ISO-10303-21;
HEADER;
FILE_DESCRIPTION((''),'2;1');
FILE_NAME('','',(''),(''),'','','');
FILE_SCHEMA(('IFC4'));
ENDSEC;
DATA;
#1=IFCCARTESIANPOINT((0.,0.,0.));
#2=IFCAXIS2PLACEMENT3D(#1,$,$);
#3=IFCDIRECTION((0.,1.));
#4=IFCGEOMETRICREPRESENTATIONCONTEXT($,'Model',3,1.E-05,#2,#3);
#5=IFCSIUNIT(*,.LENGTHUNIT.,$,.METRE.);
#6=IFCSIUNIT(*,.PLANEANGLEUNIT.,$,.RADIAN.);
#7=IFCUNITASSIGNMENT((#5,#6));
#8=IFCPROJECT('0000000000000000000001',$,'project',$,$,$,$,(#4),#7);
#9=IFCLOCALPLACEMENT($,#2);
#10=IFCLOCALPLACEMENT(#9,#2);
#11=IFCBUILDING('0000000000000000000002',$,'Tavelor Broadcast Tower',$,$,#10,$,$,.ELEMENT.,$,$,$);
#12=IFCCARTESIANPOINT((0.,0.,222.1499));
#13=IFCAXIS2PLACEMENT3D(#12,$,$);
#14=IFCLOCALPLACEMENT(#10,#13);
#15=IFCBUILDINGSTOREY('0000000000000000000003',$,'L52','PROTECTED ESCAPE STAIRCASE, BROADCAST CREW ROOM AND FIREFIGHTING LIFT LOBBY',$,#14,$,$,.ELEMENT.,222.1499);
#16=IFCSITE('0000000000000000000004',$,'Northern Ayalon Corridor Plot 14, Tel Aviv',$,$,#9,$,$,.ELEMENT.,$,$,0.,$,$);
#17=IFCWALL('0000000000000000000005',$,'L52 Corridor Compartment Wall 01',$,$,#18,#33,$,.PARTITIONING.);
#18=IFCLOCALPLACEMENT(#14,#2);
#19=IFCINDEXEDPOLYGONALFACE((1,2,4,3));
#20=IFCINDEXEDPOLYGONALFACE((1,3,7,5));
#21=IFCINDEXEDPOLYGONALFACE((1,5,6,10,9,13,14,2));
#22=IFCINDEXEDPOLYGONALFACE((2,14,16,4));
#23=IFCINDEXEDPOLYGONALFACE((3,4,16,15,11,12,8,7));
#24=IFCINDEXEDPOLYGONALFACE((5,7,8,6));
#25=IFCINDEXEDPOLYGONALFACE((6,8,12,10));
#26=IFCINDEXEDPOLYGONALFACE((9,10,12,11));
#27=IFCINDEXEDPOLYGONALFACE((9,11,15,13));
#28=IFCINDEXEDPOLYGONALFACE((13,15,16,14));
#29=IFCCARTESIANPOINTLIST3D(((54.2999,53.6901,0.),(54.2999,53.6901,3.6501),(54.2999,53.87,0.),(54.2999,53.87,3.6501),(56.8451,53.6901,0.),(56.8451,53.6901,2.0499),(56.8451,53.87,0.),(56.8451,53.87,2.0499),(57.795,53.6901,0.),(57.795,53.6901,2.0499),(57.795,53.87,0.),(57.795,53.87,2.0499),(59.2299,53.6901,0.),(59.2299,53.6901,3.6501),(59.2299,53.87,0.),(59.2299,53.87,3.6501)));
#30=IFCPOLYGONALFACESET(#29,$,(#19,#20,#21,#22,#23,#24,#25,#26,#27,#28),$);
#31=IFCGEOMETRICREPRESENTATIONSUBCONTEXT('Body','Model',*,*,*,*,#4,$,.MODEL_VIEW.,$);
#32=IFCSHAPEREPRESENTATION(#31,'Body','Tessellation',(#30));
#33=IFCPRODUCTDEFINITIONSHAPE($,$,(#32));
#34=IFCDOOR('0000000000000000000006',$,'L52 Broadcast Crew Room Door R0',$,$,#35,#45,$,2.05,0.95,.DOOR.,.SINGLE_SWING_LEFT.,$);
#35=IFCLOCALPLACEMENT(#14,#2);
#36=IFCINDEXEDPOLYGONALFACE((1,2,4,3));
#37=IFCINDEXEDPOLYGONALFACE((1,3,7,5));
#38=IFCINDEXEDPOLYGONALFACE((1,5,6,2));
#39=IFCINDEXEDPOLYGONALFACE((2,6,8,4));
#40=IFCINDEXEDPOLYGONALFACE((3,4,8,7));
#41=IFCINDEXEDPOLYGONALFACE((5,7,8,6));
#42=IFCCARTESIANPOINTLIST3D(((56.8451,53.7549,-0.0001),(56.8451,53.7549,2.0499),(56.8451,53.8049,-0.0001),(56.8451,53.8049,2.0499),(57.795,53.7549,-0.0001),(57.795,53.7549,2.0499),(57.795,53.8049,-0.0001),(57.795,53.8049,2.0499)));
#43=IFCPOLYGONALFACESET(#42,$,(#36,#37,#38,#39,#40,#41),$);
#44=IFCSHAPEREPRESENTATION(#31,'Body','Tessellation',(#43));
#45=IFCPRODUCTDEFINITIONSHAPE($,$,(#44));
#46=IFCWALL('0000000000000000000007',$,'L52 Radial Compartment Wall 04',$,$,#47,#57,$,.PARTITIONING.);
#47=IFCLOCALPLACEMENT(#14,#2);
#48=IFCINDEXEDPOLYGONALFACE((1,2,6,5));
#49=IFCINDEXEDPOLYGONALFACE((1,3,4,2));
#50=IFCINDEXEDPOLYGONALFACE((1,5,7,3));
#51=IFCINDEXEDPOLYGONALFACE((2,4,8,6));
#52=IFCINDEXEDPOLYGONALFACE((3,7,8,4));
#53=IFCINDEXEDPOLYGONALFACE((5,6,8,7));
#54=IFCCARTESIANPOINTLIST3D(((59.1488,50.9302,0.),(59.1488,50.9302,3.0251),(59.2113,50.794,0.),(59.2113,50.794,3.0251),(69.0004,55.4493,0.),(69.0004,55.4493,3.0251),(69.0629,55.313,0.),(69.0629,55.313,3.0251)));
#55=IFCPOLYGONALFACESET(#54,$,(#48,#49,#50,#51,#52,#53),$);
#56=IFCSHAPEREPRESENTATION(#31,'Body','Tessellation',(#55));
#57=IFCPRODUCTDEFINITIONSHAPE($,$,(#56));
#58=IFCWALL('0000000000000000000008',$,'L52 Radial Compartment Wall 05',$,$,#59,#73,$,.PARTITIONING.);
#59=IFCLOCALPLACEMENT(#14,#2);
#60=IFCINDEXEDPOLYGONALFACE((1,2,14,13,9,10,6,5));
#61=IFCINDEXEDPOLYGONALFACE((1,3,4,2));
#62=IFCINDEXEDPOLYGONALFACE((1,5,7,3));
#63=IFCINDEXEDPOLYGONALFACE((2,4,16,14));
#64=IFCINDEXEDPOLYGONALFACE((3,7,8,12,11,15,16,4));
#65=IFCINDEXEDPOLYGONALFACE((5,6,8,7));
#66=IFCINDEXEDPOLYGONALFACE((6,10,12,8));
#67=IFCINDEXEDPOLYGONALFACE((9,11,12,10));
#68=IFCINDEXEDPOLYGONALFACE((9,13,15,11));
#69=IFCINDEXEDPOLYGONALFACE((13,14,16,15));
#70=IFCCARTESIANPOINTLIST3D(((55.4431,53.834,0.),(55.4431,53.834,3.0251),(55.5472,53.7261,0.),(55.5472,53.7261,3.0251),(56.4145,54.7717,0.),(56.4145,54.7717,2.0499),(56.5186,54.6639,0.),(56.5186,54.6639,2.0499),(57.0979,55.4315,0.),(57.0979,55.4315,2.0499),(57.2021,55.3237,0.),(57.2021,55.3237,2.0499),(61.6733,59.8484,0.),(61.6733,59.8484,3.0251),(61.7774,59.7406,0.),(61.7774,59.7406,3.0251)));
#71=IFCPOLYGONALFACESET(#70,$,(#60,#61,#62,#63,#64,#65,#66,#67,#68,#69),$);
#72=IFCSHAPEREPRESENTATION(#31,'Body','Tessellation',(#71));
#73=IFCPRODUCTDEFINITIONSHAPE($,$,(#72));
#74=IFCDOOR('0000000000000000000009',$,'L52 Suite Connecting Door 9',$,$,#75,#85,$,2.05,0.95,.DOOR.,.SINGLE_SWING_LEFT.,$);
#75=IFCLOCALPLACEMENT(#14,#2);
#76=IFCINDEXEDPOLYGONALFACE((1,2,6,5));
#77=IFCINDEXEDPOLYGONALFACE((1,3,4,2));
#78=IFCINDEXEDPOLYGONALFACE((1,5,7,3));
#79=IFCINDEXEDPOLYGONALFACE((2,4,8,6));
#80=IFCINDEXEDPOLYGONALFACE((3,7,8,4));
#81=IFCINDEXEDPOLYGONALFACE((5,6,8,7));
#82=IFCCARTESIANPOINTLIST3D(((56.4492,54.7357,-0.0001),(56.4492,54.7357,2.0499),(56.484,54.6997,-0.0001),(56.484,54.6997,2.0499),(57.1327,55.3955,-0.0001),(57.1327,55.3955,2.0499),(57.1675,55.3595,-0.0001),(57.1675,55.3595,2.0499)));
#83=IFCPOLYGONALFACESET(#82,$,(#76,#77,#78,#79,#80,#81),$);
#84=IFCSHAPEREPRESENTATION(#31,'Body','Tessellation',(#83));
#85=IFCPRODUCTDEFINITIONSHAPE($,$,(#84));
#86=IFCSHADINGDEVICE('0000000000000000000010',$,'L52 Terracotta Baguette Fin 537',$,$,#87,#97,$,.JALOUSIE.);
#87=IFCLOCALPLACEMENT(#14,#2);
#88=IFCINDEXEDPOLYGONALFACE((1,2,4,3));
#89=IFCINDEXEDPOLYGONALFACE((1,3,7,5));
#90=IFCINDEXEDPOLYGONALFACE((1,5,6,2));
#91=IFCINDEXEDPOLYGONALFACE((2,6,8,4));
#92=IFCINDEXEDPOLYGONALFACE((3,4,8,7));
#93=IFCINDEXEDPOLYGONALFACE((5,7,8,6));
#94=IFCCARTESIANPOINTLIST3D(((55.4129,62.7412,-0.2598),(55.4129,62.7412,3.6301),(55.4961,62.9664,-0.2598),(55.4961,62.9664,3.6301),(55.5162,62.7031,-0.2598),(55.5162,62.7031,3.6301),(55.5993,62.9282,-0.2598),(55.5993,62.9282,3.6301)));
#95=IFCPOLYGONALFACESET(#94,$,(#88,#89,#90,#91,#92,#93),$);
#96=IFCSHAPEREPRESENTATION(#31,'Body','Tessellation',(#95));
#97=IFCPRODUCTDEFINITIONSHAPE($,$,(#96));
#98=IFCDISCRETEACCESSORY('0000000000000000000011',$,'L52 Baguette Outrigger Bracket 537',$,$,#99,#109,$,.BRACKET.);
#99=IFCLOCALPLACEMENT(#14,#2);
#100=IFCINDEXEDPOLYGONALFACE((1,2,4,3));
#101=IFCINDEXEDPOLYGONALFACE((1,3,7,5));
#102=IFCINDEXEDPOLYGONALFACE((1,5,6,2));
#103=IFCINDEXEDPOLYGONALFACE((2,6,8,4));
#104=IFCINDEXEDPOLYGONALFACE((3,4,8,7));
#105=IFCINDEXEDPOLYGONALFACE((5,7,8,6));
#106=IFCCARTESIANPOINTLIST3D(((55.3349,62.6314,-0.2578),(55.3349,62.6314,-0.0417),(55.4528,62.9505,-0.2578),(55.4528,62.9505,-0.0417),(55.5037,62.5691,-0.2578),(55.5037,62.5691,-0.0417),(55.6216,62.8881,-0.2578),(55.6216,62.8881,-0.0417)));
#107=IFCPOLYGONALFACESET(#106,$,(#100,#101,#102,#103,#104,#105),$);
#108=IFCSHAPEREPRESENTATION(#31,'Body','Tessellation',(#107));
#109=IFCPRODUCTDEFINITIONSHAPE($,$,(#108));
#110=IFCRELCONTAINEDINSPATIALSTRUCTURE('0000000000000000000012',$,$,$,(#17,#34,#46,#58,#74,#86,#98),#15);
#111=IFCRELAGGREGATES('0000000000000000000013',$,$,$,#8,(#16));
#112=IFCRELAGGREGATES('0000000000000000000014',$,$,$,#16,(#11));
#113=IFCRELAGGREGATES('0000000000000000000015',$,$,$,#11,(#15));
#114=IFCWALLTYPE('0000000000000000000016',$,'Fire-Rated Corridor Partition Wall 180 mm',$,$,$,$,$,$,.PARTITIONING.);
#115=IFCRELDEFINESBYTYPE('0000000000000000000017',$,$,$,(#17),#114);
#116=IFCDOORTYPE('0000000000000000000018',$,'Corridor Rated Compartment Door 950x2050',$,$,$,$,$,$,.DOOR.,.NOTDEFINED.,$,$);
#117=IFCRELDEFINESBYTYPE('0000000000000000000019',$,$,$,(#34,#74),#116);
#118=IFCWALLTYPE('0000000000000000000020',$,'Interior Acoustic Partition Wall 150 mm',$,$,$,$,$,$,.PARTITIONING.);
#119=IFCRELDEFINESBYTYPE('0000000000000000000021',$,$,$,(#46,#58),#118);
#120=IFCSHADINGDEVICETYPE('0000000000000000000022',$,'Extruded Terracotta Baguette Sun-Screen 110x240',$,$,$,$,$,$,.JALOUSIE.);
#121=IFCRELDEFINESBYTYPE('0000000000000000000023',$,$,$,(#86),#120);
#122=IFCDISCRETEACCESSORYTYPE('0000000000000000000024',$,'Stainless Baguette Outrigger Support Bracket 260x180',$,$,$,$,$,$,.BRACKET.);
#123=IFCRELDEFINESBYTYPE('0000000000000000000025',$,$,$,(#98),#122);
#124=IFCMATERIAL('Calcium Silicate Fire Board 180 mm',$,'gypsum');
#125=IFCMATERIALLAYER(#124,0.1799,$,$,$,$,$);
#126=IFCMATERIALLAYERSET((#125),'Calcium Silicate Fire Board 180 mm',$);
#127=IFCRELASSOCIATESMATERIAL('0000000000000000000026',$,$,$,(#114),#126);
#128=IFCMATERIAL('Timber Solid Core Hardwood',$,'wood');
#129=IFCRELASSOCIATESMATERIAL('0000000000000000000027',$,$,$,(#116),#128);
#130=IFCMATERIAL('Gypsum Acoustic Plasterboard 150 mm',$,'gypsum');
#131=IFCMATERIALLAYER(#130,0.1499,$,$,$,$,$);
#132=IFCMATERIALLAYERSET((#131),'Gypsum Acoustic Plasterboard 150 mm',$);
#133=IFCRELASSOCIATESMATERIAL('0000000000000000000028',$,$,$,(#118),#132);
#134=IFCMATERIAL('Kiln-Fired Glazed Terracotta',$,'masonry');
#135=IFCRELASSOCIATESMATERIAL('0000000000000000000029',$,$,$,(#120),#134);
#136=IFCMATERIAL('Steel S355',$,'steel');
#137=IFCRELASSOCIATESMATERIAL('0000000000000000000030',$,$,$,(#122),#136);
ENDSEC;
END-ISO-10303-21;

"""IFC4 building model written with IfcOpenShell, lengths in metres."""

from ifc_helpers import new_model, si_unit, direction, frame, frame_2d, origin, origin_2d, place, context, subcontext, project, spatial, rectangle, extrude, source, transform, mapped, material, layer, layer_set, type_object, type_shapes, element, fill, save


model = new_model("IFC4")

# Units and contexts
model_context = context("Model", 3, precision=1e-05, world=origin(), true_north=direction((0.0, 1.0)))
body_context = subcontext(model_context, "Body", "Model", "MODEL_VIEW")
ifc_project = project(units=[si_unit("LENGTHUNIT", "METRE"), si_unit("PLANEANGLEUNIT", "RADIAN")], contexts=[model_context])

# Site, building, storey
site_placement = place(None, origin())
site = spatial("IfcSite", under=ifc_project, at=site_placement, Name="Northern Ayalon Corridor Plot 14, Tel Aviv", CompositionType="ELEMENT", RefElevation=0.0)
building_placement = place(site_placement, origin())
building = spatial("IfcBuilding", under=site, at=building_placement, Name="Tavelor Broadcast Tower", CompositionType="ELEMENT")
storey_placement = place(building_placement, frame((0.0, 0.0, 222.1499)))
storey = spatial("IfcBuildingStorey", under=building, at=storey_placement, Name="L52", Description="PROTECTED ESCAPE STAIRCASE, BROADCAST CREW ROOM AND FIREFIGHTING LIFT LOBBY", CompositionType="ELEMENT", Elevation=222.1499)

# Shared definitions
ifc_material_1 = material(Name="Steel S355", Category="steel")

# Wall, opening, door
ifc_material_2 = material(Name="Calcium Silicate Fire Board 180 mm", Category="gypsum")
ifc_layer_1 = layer(ifc_material_2, 0.1799)
ifc_layer_set_1 = layer_set([ifc_layer_1], Name="Calcium Silicate Fire Board 180 mm")
wall_type_1 = type_object("IfcWallType", Name="Fire-Rated Corridor Partition Wall 180 mm", PredefinedType="PARTITIONING", material=ifc_layer_set_1)
wall_1_placement = place(storey_placement, frame((54.3, 53.78, 0.0), z_axis=(0.0, 0.0, 1.0), x_axis=(1.0, 0.0, 0.0)))
wall_1 = element("IfcWall", 1, at=wall_1_placement, inside=storey, type_object=wall_type_1, Name="L52 Corridor Compartment Wall 01", PredefinedType="PARTITIONING", context=body_context, shape_type="SweptSolid", body=[
    extrude(rectangle(XDim=4.9299, YDim=0.1799, at=frame_2d((2.4648, 0.0))), origin(), (0.0, 0.0, 1.0), 3.6501),
])
opening_1_placement = place(wall_1_placement, frame((2.5449, 0.0, 0.0)))
opening_1 = element("IfcOpeningElement", 2, at=opening_1_placement, cuts=wall_1, PredefinedType="OPENING", context=body_context, shape_type="SweptSolid", body=[
    extrude(rectangle(XDim=0.95, YDim=2.05, at=frame_2d((0.4751, 1.0249))), frame((0.0, 0.1001, 0.0), z_axis=(0.0, -1.0, 0.0), x_axis=(1.0, 0.0, 0.0)), (0.0, 0.0, 1.0), 0.2),
])
ifc_material_3 = material(Name="Timber Solid Core Hardwood", Category="wood")
door_type = type_object("IfcDoorType", Name="Corridor Rated Compartment Door 950x2050", OperationType="NOTDEFINED", PredefinedType="DOOR", material=ifc_material_3)
door_1_placement = place(opening_1_placement, origin())
door_1 = element("IfcDoor", 3, at=door_1_placement, inside=storey, type_object=door_type, Name="L52 Broadcast Crew Room Door R0", OperationType="SINGLE_SWING_LEFT", OverallHeight=2.05, OverallWidth=0.95, PredefinedType="DOOR", context=body_context, shape_type="SweptSolid", body=[
    extrude(rectangle(XDim=0.95, YDim=2.05, at=frame_2d((0.4751, 1.0249))), frame((0.0, 0.0249, 0.0), z_axis=(0.0, -1.0, 0.0), x_axis=(1.0, 0.0, 0.0)), (0.0, 0.0, 1.0), 0.05),
])
fill(opening_1, door_1)

# Wall
ifc_material_4 = material(Name="Gypsum Acoustic Plasterboard 150 mm", Category="gypsum")
ifc_layer_2 = layer(ifc_material_4, 0.1499)
ifc_layer_set_2 = layer_set([ifc_layer_2], Name="Gypsum Acoustic Plasterboard 150 mm")
wall_type_2 = type_object("IfcWallType", Name="Interior Acoustic Partition Wall 150 mm", PredefinedType="PARTITIONING", material=ifc_layer_set_2)
wall_2_placement = place(storey_placement, frame((59.1799, 50.8621, 0.0), z_axis=(0.0, 0.0, 1.0), x_axis=(0.908934, 0.41694, 0.0)))
element("IfcWall", 4, at=wall_2_placement, inside=storey, type_object=wall_type_2, Name="L52 Radial Compartment Wall 04", PredefinedType="PARTITIONING", context=body_context, shape_type="SweptSolid", body=[
    extrude(rectangle(XDim=10.8386, YDim=0.1499, at=frame_2d((5.4194, 0.0))), origin(), (0.0, 0.0, 1.0), 3.0251),
])

# Wall, opening, door
wall_3_placement = place(storey_placement, frame((55.4951, 53.78, 0.0), z_axis=(0.0, 0.0, 1.0), x_axis=(0.719458, 0.694536, 0.0)))
wall_3 = element("IfcWall", 5, at=wall_3_placement, inside=storey, type_object=wall_type_2, Name="L52 Radial Compartment Wall 05", PredefinedType="PARTITIONING", context=body_context, shape_type="SweptSolid", body=[
    extrude(rectangle(XDim=8.6597, YDim=0.1499, at=frame_2d((4.3298, 0.0))), origin(), (0.0, 0.0, 1.0), 3.0251),
])
opening_2_placement = place(wall_3_placement, frame((1.3501, 0.0, 0.0)))
opening_2 = element("IfcOpeningElement", 6, at=opening_2_placement, cuts=wall_3, PredefinedType="OPENING", context=body_context, shape_type="SweptSolid", body=[
    extrude(rectangle(XDim=0.95, YDim=2.05, at=frame_2d((0.4751, 1.0249))), frame((0.0, 0.085, 0.0), z_axis=(0.0, -1.0, 0.0), x_axis=(1.0, 0.0, 0.0)), (0.0, 0.0, 1.0), 0.1699),
])
door_2_placement = place(opening_2_placement, origin())
door_2 = element("IfcDoor", 7, at=door_2_placement, inside=storey, type_object=door_type, Name="L52 Suite Connecting Door 9", OperationType="SINGLE_SWING_LEFT", OverallHeight=2.05, OverallWidth=0.95, PredefinedType="DOOR", context=body_context, shape_type="SweptSolid", body=[
    extrude(rectangle(XDim=0.95, YDim=2.05, at=frame_2d((0.4751, 1.0249))), frame((0.0, 0.0249, 0.0), z_axis=(0.0, -1.0, 0.0), x_axis=(1.0, 0.0, 0.0)), (0.0, 0.0, 1.0), 0.05),
])
fill(opening_2, door_2)

# Shading device
ifc_material_5 = material(Name="Kiln-Fired Glazed Terracotta", Category="masonry")
shading_device_type = type_object("IfcShadingDeviceType", Name="Extruded Terracotta Baguette Sun-Screen 110x240", PredefinedType="JALOUSIE", material=ifc_material_5)
shared_shape_1 = source(origin(), body_context, "Body", "SweptSolid", [
    extrude(rectangle(XDim=0.1101, YDim=0.24, at=origin_2d()), origin(), (0.0, 0.0, 1.0), 3.8899),
])
type_shapes(shading_device_type, [shared_shape_1])
shading_device_placement = place(storey_placement, frame((55.5061, 62.8347, -0.2598), z_axis=(0.0, 0.0, 1.0), x_axis=(-0.93801, 0.346608, 0.0)))
element("IfcShadingDevice", 8, at=shading_device_placement, inside=storey, type_object=shading_device_type, Name="L52 Terracotta Baguette Fin 537", PredefinedType="JALOUSIE", context=body_context, shape_type="MappedRepresentation", body=[
    mapped(shared_shape_1, transform((0.0, 0.0, 0.0), scale=1.0)),
])

# Discrete accessory
discrete_accessory_type = type_object("IfcDiscreteAccessoryType", Name="Stainless Baguette Outrigger Support Bracket 260x180", PredefinedType="BRACKET", material=ifc_material_1)
shared_shape_2 = source(origin(), body_context, "Body", "SweptSolid", [
    extrude(rectangle(XDim=0.1799, YDim=0.3401, at=origin_2d()), origin(), (0.0, 0.0, 1.0), 0.2161),
])
type_shapes(discrete_accessory_type, [shared_shape_2])
discrete_accessory_placement = place(storey_placement, frame((55.4783, 62.7598, -0.2578), z_axis=(0.0, 0.0, 1.0), x_axis=(-0.93801, 0.346608, 0.0)))
element("IfcDiscreteAccessory", 9, at=discrete_accessory_placement, inside=storey, type_object=discrete_accessory_type, Name="L52 Baguette Outrigger Bracket 537", PredefinedType="BRACKET", context=body_context, shape_type="MappedRepresentation", body=[
    mapped(shared_shape_2, transform((0.0, 0.0, 0.0), scale=1.0)),
])

save(model, "model.ifc")
